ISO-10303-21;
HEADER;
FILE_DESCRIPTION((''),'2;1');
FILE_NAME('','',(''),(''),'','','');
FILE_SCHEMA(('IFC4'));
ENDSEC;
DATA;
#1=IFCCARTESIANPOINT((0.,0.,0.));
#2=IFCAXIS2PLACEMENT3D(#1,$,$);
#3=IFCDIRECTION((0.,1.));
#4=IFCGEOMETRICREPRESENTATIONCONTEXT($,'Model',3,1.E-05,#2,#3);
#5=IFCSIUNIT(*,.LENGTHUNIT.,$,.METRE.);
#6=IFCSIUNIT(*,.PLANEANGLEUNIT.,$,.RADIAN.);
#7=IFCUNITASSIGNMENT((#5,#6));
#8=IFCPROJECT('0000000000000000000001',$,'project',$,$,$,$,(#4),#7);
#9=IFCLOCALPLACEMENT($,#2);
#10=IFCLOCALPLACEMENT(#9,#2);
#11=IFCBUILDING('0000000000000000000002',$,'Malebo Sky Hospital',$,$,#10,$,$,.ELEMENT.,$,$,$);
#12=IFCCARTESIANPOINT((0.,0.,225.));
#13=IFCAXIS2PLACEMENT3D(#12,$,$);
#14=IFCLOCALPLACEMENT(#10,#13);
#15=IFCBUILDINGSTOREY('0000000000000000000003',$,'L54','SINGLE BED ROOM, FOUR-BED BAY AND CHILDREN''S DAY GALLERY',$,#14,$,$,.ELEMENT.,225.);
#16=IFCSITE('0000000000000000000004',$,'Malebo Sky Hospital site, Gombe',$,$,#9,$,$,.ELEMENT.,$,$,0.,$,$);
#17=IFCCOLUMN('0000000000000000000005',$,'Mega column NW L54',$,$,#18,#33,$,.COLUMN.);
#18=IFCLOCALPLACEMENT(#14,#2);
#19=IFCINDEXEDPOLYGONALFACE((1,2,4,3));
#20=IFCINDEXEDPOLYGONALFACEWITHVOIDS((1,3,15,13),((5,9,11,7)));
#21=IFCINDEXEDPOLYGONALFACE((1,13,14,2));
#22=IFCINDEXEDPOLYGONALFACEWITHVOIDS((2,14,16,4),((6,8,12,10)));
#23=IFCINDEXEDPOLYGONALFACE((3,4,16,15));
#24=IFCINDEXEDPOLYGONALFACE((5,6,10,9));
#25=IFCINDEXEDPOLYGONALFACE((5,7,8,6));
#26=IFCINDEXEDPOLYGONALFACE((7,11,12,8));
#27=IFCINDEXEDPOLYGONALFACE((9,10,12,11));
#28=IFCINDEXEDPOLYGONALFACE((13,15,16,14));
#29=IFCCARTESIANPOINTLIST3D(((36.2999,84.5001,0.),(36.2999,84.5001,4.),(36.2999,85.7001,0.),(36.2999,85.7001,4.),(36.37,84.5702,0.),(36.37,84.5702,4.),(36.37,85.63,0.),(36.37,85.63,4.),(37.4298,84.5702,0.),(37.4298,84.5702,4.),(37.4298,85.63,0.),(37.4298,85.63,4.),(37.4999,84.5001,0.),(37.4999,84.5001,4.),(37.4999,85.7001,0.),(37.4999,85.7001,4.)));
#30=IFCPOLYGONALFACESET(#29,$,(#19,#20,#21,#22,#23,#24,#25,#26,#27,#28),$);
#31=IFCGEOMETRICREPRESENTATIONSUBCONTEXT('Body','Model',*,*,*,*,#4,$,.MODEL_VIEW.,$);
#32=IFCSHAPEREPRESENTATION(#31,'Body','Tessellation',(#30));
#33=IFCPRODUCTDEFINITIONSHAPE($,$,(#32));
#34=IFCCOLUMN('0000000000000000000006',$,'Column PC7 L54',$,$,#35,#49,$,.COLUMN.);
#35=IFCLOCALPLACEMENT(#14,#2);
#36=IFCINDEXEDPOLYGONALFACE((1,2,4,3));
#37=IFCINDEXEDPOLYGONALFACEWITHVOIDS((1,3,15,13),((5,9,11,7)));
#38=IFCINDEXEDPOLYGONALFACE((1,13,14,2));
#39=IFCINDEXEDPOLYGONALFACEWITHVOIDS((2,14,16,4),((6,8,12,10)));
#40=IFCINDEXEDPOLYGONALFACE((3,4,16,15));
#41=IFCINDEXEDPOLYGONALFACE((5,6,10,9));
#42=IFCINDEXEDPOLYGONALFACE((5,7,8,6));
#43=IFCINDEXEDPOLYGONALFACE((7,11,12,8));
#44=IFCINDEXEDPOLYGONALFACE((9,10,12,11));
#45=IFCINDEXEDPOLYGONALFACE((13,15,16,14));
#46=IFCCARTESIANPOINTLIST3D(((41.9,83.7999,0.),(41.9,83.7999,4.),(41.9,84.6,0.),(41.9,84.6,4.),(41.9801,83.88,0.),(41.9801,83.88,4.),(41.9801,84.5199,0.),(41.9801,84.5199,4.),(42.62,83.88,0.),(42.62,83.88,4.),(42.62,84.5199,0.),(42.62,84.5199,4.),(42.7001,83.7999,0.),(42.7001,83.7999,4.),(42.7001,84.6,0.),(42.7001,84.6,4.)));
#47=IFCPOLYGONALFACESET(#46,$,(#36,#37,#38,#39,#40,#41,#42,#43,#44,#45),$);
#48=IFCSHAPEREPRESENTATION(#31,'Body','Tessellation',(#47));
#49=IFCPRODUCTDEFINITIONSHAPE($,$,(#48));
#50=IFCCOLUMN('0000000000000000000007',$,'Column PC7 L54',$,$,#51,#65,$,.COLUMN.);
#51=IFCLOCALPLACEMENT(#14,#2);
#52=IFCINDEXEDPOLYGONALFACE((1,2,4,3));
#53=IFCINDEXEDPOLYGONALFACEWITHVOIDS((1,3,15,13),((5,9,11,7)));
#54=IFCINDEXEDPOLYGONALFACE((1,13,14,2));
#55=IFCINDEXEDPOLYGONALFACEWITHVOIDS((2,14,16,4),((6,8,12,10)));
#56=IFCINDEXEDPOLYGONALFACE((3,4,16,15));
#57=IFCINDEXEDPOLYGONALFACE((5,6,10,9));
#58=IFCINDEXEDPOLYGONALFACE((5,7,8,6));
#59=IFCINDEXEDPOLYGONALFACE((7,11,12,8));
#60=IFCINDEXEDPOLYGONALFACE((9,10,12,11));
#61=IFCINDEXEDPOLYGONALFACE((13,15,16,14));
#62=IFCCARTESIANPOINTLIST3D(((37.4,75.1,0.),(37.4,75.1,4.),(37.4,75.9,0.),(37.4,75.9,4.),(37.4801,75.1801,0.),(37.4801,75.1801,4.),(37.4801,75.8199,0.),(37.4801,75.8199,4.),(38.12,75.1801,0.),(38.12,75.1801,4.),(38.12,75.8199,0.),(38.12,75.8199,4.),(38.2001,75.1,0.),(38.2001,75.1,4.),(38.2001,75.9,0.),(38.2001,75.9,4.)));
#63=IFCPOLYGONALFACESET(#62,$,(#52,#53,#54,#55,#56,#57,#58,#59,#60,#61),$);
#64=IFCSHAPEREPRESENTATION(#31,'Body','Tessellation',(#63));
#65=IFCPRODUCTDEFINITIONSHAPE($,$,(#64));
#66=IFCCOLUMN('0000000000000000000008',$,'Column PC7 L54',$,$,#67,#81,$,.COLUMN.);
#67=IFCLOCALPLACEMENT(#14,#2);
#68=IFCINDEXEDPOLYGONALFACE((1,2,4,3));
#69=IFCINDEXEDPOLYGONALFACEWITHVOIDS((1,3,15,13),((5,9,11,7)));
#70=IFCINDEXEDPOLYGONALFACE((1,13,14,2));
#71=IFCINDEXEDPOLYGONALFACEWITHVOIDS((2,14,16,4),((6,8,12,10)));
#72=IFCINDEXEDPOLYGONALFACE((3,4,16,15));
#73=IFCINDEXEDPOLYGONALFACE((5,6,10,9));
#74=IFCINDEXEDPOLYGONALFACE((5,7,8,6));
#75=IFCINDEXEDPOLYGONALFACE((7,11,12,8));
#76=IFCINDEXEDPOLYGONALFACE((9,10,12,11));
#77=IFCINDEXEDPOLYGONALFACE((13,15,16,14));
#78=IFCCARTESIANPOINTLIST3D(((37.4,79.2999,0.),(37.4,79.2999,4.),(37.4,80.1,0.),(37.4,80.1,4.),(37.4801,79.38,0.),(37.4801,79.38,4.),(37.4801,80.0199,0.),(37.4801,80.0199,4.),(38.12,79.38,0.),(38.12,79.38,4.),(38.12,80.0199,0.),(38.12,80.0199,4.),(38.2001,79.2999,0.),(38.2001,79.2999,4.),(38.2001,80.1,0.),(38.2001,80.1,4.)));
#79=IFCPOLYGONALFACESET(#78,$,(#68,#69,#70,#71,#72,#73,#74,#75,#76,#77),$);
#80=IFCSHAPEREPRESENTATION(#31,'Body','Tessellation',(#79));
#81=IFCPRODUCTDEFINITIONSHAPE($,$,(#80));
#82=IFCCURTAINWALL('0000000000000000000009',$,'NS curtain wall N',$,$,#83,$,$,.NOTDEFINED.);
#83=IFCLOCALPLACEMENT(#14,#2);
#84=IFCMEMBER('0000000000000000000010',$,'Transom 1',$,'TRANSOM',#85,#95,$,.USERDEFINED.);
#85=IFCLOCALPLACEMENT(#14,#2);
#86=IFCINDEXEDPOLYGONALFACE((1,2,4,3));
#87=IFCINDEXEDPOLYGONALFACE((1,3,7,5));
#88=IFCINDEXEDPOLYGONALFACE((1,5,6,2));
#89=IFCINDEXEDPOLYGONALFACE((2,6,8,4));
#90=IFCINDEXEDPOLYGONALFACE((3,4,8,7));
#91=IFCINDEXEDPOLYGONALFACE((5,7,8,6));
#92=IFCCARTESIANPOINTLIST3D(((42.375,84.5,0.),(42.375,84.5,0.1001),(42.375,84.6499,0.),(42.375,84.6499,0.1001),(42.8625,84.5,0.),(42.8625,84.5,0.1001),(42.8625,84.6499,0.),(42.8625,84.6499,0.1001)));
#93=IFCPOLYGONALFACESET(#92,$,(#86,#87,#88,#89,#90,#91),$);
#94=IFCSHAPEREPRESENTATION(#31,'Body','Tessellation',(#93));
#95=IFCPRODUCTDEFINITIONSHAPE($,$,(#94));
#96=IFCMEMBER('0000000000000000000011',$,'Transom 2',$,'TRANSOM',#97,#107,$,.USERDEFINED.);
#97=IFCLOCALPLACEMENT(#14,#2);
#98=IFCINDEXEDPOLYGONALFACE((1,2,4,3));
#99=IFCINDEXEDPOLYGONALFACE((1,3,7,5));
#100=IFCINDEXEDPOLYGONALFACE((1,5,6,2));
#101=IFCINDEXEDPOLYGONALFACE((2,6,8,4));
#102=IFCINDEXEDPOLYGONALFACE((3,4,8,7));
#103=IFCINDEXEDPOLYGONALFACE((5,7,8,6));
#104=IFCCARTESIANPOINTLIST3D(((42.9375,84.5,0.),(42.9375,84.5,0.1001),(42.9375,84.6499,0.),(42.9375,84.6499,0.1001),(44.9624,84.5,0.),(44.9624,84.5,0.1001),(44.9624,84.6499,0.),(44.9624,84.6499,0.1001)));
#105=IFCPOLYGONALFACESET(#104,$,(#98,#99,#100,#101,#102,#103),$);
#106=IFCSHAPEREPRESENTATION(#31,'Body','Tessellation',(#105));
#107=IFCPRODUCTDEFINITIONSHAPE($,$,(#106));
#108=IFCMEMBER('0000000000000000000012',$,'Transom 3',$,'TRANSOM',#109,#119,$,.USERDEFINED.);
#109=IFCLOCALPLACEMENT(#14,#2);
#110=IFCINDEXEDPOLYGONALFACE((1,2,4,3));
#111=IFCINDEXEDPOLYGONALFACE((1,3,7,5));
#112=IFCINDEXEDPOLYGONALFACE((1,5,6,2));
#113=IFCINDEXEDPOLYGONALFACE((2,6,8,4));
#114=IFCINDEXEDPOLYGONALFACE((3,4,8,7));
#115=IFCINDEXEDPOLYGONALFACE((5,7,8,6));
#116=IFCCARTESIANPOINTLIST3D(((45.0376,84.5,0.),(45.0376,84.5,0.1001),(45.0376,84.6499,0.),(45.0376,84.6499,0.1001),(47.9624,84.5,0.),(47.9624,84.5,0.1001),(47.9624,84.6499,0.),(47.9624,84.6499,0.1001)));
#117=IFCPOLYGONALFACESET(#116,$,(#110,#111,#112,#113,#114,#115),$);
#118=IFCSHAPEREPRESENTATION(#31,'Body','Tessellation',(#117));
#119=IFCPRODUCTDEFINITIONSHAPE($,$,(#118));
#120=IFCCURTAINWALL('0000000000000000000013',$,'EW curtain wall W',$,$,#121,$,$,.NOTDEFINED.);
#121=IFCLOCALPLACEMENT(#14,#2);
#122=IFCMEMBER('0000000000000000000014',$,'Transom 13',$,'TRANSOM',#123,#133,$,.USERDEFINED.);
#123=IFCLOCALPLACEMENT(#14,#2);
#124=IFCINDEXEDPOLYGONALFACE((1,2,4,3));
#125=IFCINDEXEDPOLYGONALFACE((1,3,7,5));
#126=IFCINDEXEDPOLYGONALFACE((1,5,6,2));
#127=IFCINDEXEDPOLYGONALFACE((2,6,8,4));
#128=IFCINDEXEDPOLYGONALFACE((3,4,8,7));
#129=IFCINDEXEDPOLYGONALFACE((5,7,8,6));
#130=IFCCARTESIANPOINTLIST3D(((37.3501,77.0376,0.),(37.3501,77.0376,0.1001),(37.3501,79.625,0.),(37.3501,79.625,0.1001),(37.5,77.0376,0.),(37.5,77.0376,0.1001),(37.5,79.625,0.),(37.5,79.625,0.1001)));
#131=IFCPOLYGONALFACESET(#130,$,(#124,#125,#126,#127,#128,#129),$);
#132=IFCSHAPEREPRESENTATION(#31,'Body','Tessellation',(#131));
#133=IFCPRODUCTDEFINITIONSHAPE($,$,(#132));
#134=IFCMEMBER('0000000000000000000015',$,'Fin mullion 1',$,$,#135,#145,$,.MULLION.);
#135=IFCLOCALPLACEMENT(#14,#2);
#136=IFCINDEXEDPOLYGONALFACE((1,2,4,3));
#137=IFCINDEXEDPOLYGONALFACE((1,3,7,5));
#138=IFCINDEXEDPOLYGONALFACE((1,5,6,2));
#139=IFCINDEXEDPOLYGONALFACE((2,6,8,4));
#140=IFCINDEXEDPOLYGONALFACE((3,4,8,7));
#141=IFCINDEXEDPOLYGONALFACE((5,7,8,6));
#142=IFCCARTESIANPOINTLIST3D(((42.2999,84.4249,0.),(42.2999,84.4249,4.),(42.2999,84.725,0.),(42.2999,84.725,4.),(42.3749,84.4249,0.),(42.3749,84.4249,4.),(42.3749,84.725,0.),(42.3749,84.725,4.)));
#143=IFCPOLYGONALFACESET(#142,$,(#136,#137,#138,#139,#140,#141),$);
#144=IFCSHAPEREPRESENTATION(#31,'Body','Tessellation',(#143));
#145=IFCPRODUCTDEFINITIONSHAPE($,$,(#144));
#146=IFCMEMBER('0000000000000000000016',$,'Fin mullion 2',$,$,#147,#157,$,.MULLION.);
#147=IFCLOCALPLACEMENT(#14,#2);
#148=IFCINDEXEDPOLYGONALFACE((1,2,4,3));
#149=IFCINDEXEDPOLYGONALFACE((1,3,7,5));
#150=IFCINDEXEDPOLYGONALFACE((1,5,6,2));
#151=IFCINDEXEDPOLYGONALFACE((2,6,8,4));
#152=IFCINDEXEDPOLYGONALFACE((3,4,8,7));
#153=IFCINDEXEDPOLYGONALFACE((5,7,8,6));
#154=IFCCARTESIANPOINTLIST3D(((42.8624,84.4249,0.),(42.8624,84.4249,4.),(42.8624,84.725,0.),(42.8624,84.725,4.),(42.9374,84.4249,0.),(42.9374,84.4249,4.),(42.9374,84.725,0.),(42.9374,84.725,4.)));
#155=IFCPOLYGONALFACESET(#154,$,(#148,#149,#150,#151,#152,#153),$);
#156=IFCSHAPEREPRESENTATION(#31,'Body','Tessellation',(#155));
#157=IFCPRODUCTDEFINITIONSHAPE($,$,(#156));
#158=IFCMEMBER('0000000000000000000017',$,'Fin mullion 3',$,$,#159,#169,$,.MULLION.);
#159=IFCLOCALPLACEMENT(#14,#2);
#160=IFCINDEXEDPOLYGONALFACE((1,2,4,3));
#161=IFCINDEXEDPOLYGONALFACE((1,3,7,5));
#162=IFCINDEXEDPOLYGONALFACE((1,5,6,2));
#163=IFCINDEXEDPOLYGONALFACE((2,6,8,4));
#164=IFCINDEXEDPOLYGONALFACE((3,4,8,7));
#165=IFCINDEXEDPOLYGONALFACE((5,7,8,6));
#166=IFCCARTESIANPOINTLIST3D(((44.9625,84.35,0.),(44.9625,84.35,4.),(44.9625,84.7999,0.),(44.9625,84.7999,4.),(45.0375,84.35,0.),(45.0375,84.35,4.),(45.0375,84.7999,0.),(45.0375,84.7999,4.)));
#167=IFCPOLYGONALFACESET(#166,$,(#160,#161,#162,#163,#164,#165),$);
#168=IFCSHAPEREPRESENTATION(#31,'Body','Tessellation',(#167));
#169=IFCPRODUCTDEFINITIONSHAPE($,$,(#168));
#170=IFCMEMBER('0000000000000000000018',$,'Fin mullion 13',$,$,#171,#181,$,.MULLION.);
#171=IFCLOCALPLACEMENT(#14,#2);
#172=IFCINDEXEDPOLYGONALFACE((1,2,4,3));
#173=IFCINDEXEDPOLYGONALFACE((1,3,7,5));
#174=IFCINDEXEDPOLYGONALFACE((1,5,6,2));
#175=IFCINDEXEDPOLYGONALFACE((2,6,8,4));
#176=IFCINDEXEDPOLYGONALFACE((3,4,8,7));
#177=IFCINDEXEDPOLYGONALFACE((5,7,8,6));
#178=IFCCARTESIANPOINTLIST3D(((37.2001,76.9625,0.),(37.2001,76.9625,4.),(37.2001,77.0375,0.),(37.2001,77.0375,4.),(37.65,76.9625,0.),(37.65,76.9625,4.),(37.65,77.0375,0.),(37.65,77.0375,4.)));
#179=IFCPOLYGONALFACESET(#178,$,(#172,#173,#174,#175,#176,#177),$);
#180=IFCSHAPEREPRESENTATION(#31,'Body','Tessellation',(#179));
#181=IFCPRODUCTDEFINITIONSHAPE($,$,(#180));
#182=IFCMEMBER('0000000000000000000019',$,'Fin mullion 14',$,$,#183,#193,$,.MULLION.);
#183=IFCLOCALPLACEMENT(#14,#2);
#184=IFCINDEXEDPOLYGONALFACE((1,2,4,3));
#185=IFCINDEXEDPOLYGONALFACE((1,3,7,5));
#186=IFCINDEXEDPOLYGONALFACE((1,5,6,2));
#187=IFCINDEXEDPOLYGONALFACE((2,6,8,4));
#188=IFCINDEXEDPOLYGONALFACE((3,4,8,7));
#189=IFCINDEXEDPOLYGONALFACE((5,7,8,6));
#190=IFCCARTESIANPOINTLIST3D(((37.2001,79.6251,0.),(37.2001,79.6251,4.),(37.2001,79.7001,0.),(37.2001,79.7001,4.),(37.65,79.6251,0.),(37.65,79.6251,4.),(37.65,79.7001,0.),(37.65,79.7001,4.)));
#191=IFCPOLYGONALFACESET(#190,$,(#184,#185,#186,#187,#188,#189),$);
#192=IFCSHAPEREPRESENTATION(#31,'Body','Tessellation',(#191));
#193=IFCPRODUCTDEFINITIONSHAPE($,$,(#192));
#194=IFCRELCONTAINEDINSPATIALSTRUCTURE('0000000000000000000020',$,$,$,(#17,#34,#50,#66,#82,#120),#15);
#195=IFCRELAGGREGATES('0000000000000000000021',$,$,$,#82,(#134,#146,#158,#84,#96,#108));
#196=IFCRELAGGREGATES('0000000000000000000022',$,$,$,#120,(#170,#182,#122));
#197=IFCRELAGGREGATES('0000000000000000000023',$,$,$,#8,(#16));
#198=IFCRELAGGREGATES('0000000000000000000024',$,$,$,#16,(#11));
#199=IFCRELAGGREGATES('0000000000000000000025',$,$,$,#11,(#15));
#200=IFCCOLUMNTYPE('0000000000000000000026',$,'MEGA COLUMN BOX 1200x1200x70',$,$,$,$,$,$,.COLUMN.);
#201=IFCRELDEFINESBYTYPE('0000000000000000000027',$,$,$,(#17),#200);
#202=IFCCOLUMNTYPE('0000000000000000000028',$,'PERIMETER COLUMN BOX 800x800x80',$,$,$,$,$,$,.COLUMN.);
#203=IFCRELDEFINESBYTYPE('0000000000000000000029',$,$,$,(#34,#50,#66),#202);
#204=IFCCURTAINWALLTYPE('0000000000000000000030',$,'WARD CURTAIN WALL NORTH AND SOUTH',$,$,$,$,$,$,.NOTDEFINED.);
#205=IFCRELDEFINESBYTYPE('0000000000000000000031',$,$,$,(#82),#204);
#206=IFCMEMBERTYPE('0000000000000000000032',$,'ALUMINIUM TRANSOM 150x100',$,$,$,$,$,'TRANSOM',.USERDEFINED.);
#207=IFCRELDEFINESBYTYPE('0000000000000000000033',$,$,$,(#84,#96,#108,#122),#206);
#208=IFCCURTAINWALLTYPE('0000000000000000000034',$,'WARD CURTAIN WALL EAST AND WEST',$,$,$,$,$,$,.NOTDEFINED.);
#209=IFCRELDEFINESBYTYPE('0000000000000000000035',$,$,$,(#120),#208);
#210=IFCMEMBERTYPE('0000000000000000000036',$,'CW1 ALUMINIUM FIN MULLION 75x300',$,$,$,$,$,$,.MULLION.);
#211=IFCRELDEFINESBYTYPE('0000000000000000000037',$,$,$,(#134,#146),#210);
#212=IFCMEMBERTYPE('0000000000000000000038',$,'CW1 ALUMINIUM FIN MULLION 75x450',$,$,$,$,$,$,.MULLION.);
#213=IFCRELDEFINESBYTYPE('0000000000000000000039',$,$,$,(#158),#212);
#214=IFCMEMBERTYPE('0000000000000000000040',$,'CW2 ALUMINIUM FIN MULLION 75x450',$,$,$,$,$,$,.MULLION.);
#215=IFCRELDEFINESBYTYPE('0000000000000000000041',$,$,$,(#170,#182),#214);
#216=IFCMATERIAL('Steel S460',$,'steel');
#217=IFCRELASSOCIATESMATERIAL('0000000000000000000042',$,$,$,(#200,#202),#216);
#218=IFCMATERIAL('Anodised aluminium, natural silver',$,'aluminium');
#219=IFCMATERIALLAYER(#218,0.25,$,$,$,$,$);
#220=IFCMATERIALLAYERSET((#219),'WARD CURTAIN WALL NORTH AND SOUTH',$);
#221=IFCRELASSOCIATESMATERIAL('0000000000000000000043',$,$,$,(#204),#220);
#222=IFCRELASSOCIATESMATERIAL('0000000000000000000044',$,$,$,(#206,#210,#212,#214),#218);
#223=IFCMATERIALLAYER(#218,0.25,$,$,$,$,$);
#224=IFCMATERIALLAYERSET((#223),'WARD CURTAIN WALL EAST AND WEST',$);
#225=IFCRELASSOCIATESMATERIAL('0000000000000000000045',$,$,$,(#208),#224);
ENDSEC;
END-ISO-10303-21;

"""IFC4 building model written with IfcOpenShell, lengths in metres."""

from ifc_helpers import new_model, si_unit, direction, frame, origin, origin_2d, place, context, subcontext, project, spatial, rectangle, hollow_rectangle, extrude, material, layer, layer_set, material_profile, profile_set, type_object, element, aggregate, save


model = new_model("IFC4")

# Units and contexts
model_context = context("Model", 3, precision=1e-05, world=origin(), true_north=direction((0.0, 1.0)))
body_context = subcontext(model_context, "Body", "Model", "MODEL_VIEW")
ifc_project = project(units=[si_unit("LENGTHUNIT", "METRE"), si_unit("PLANEANGLEUNIT", "RADIAN")], contexts=[model_context])

# Site, building, storey
site_placement = place(None, origin())
site = spatial("IfcSite", under=ifc_project, at=site_placement, Name="Malebo Sky Hospital site, Gombe", CompositionType="ELEMENT", RefElevation=0.0)
building_placement = place(site_placement, origin())
building = spatial("IfcBuilding", under=site, at=building_placement, Name="Malebo Sky Hospital", CompositionType="ELEMENT")
storey_placement = place(building_placement, frame((0.0, 0.0, 225.0)))
storey = spatial("IfcBuildingStorey", under=building, at=storey_placement, Name="L54", Description="SINGLE BED ROOM, FOUR-BED BAY AND CHILDREN'S DAY GALLERY", CompositionType="ELEMENT", Elevation=225.0)

# Columns
ifc_material_1 = material(Name="Steel S460", Category="steel")
ifc_material_profile_1 = material_profile(ifc_material_1, hollow_rectangle(XDim=1.2, YDim=1.2, WallThickness=0.0701, at=origin_2d()), Name="BOX 1200x1200x70")
ifc_profile_set_1 = profile_set([ifc_material_profile_1], Name="Steel S460")
column_type_1 = type_object("IfcColumnType", Name="MEGA COLUMN BOX 1200x1200x70", PredefinedType="COLUMN", material=ifc_profile_set_1)
column_placement = place(storey_placement, frame((36.8999, 85.1001, 0.0), z_axis=(0.0, 0.0, 1.0), x_axis=(1.0, 0.0, 0.0)))
element("IfcColumn", 1, at=column_placement, inside=storey, type_object=column_type_1, Name="Mega column NW L54", PredefinedType="COLUMN", context=body_context, shape_type="SweptSolid", body=[
    extrude(hollow_rectangle(XDim=1.2, YDim=1.2, WallThickness=0.0701, at=origin_2d()), origin(), (0.0, 0.0, 1.0), 4.0),
])
ifc_material_profile_2 = material_profile(ifc_material_1, hollow_rectangle(XDim=0.8, YDim=0.8, WallThickness=0.0801, at=origin_2d()), Name="BOX 800x800x80")
ifc_profile_set_2 = profile_set([ifc_material_profile_2], Name="Steel S460")
column_type_2 = type_object("IfcColumnType", Name="PERIMETER COLUMN BOX 800x800x80", PredefinedType="COLUMN", material=ifc_profile_set_2)
for number, where, z_axis, x_axis, name in (
    (2, (42.3, 84.2, 0.0), (0.0, 0.0, 1.0), (1.0, 0.0, 0.0), "Column PC7 L54"),
    (3, (37.8, 75.5, 0.0), (0.0, 0.0, 1.0), (1.0, 0.0, 0.0), "Column PC7 L54"),
    (4, (37.8, 79.7, 0.0), (0.0, 0.0, 1.0), (1.0, 0.0, 0.0), "Column PC7 L54"),
):
    element("IfcColumn", number, at=place(storey_placement, frame(where, z_axis=z_axis, x_axis=x_axis)), inside=storey, type_object=column_type_2, Name=name, PredefinedType="COLUMN", context=body_context, shape_type="SweptSolid", body=[
        extrude(hollow_rectangle(XDim=0.8, YDim=0.8, WallThickness=0.0801, at=origin_2d()), origin(), (0.0, 0.0, 1.0), 4.0),
    ])

# Curtain wall, members
ifc_material_2 = material(Name="Anodised aluminium, natural silver", Category="aluminium")
ifc_layer_1 = layer(ifc_material_2, 0.25)
ifc_layer_set_1 = layer_set([ifc_layer_1], Name="WARD CURTAIN WALL NORTH AND SOUTH")
curtain_wall_type_1 = type_object("IfcCurtainWallType", Name="WARD CURTAIN WALL NORTH AND SOUTH", PredefinedType="NOTDEFINED", material=ifc_layer_set_1)
curtain_wall_1_placement = place(storey_placement, origin())
curtain_wall_1 = element("IfcCurtainWall", 5, at=curtain_wall_1_placement, inside=storey, type_object=curtain_wall_type_1, Name="NS curtain wall N", PredefinedType="NOTDEFINED")
ifc_material_profile_3 = material_profile(ifc_material_2, rectangle(XDim=0.1499, YDim=0.1001, at=origin_2d()), Name="ALUMINIUM TRANSOM 150x100")
ifc_profile_set_3 = profile_set([ifc_material_profile_3], Name="Anodised aluminium, natural silver")
member_type_1 = type_object("IfcMemberType", Name="ALUMINIUM TRANSOM 150x100", ElementType="TRANSOM", PredefinedType="USERDEFINED", material=ifc_profile_set_3)
member_1_placement = place(storey_placement, frame((42.375, 84.575, 0.05), z_axis=(1.0, 0.0, 0.0), x_axis=(0.0, 1.0, 0.0)))
member_1 = element("IfcMember", 6, at=member_1_placement, type_object=member_type_1, Name="Transom 1", ObjectType="TRANSOM", PredefinedType="USERDEFINED", context=body_context, shape_type="SweptSolid", body=[
    extrude(rectangle(XDim=0.1499, YDim=0.1001, at=origin_2d()), origin(), (0.0, 0.0, 1.0), 0.4875),
])
member_2_placement = place(storey_placement, frame((42.9375, 84.575, 0.05), z_axis=(1.0, 0.0, 0.0), x_axis=(0.0, 1.0, 0.0)))
member_2 = element("IfcMember", 7, at=member_2_placement, type_object=member_type_1, Name="Transom 2", ObjectType="TRANSOM", PredefinedType="USERDEFINED", context=body_context, shape_type="SweptSolid", body=[
    extrude(rectangle(XDim=0.1499, YDim=0.1001, at=origin_2d()), origin(), (0.0, 0.0, 1.0), 2.0249),
])
member_3_placement = place(storey_placement, frame((45.0376, 84.575, 0.05), z_axis=(1.0, 0.0, 0.0), x_axis=(0.0, 1.0, 0.0)))
member_3 = element("IfcMember", 8, at=member_3_placement, type_object=member_type_1, Name="Transom 3", ObjectType="TRANSOM", PredefinedType="USERDEFINED", context=body_context, shape_type="SweptSolid", body=[
    extrude(rectangle(XDim=0.1499, YDim=0.1001, at=origin_2d()), origin(), (0.0, 0.0, 1.0), 2.9248),
])

# Curtain wall, member
ifc_layer_2 = layer(ifc_material_2, 0.25)
ifc_layer_set_2 = layer_set([ifc_layer_2], Name="WARD CURTAIN WALL EAST AND WEST")
curtain_wall_type_2 = type_object("IfcCurtainWallType", Name="WARD CURTAIN WALL EAST AND WEST", PredefinedType="NOTDEFINED", material=ifc_layer_set_2)
curtain_wall_2_placement = place(storey_placement, origin())
curtain_wall_2 = element("IfcCurtainWall", 9, at=curtain_wall_2_placement, inside=storey, type_object=curtain_wall_type_2, Name="EW curtain wall W", PredefinedType="NOTDEFINED")
member_4_placement = place(storey_placement, frame((37.425, 77.0376, 0.05), z_axis=(0.0, 1.0, 0.0), x_axis=(-1.0, 0.0, 0.0)))
member_4 = element("IfcMember", 10, at=member_4_placement, type_object=member_type_1, Name="Transom 13", ObjectType="TRANSOM", PredefinedType="USERDEFINED", context=body_context, shape_type="SweptSolid", body=[
    extrude(rectangle(XDim=0.1499, YDim=0.1001, at=origin_2d()), origin(), (0.0, 0.0, 1.0), 2.5874),
])

# Members
ifc_material_profile_4 = material_profile(ifc_material_2, rectangle(XDim=0.075, YDim=0.3, at=origin_2d()), Name="CW1 ALUMINIUM FIN MULLION 75x300")
ifc_profile_set_4 = profile_set([ifc_material_profile_4], Name="Anodised aluminium, natural silver")
member_type_2 = type_object("IfcMemberType", Name="CW1 ALUMINIUM FIN MULLION 75x300", PredefinedType="MULLION", material=ifc_profile_set_4)
member_5_placement = place(storey_placement, frame((42.3374, 84.575, 0.0), z_axis=(0.0, 0.0, 1.0), x_axis=(1.0, 0.0, 0.0)))
member_5 = element("IfcMember", 11, at=member_5_placement, type_object=member_type_2, Name="Fin mullion 1", PredefinedType="MULLION", context=body_context, shape_type="SweptSolid", body=[
    extrude(rectangle(XDim=0.075, YDim=0.3, at=origin_2d()), origin(), (0.0, 0.0, 1.0), 4.0),
])
member_6_placement = place(storey_placement, frame((42.8999, 84.575, 0.0), z_axis=(0.0, 0.0, 1.0), x_axis=(1.0, 0.0, 0.0)))
member_6 = element("IfcMember", 12, at=member_6_placement, type_object=member_type_2, Name="Fin mullion 2", PredefinedType="MULLION", context=body_context, shape_type="SweptSolid", body=[
    extrude(rectangle(XDim=0.075, YDim=0.3, at=origin_2d()), origin(), (0.0, 0.0, 1.0), 4.0),
])
ifc_material_profile_5 = material_profile(ifc_material_2, rectangle(XDim=0.075, YDim=0.45, at=origin_2d()), Name="CW1 ALUMINIUM FIN MULLION 75x450")
ifc_profile_set_5 = profile_set([ifc_material_profile_5], Name="Anodised aluminium, natural silver")
member_type_3 = type_object("IfcMemberType", Name="CW1 ALUMINIUM FIN MULLION 75x450", PredefinedType="MULLION", material=ifc_profile_set_5)
member_7_placement = place(storey_placement, frame((45.0, 84.575, 0.0), z_axis=(0.0, 0.0, 1.0), x_axis=(1.0, 0.0, 0.0)))
member_7 = element("IfcMember", 13, at=member_7_placement, type_object=member_type_3, Name="Fin mullion 3", PredefinedType="MULLION", context=body_context, shape_type="SweptSolid", body=[
    extrude(rectangle(XDim=0.075, YDim=0.45, at=origin_2d()), origin(), (0.0, 0.0, 1.0), 4.0),
])
ifc_material_profile_6 = material_profile(ifc_material_2, rectangle(XDim=0.075, YDim=0.45, at=origin_2d()), Name="CW2 ALUMINIUM FIN MULLION 75x450")
ifc_profile_set_6 = profile_set([ifc_material_profile_6], Name="Anodised aluminium, natural silver")
member_type_4 = type_object("IfcMemberType", Name="CW2 ALUMINIUM FIN MULLION 75x450", PredefinedType="MULLION", material=ifc_profile_set_6)
member_8_placement = place(storey_placement, frame((37.425, 77.0, 0.0), z_axis=(0.0, 0.0, 1.0), x_axis=(0.0, 1.0, 0.0)))
member_8 = element("IfcMember", 14, at=member_8_placement, type_object=member_type_4, Name="Fin mullion 13", PredefinedType="MULLION", context=body_context, shape_type="SweptSolid", body=[
    extrude(rectangle(XDim=0.075, YDim=0.45, at=origin_2d()), origin(), (0.0, 0.0, 1.0), 4.0),
])
member_9_placement = place(storey_placement, frame((37.425, 79.6626, 0.0), z_axis=(0.0, 0.0, 1.0), x_axis=(0.0, 1.0, 0.0)))
member_9 = element("IfcMember", 15, at=member_9_placement, type_object=member_type_4, Name="Fin mullion 14", PredefinedType="MULLION", context=body_context, shape_type="SweptSolid", body=[
    extrude(rectangle(XDim=0.075, YDim=0.45, at=origin_2d()), origin(), (0.0, 0.0, 1.0), 4.0),
])

aggregate(curtain_wall_1, [member_5, member_6, member_7, member_1, member_2, member_3])
aggregate(curtain_wall_2, [member_8, member_9, member_4])

save(model, "model.ifc")
